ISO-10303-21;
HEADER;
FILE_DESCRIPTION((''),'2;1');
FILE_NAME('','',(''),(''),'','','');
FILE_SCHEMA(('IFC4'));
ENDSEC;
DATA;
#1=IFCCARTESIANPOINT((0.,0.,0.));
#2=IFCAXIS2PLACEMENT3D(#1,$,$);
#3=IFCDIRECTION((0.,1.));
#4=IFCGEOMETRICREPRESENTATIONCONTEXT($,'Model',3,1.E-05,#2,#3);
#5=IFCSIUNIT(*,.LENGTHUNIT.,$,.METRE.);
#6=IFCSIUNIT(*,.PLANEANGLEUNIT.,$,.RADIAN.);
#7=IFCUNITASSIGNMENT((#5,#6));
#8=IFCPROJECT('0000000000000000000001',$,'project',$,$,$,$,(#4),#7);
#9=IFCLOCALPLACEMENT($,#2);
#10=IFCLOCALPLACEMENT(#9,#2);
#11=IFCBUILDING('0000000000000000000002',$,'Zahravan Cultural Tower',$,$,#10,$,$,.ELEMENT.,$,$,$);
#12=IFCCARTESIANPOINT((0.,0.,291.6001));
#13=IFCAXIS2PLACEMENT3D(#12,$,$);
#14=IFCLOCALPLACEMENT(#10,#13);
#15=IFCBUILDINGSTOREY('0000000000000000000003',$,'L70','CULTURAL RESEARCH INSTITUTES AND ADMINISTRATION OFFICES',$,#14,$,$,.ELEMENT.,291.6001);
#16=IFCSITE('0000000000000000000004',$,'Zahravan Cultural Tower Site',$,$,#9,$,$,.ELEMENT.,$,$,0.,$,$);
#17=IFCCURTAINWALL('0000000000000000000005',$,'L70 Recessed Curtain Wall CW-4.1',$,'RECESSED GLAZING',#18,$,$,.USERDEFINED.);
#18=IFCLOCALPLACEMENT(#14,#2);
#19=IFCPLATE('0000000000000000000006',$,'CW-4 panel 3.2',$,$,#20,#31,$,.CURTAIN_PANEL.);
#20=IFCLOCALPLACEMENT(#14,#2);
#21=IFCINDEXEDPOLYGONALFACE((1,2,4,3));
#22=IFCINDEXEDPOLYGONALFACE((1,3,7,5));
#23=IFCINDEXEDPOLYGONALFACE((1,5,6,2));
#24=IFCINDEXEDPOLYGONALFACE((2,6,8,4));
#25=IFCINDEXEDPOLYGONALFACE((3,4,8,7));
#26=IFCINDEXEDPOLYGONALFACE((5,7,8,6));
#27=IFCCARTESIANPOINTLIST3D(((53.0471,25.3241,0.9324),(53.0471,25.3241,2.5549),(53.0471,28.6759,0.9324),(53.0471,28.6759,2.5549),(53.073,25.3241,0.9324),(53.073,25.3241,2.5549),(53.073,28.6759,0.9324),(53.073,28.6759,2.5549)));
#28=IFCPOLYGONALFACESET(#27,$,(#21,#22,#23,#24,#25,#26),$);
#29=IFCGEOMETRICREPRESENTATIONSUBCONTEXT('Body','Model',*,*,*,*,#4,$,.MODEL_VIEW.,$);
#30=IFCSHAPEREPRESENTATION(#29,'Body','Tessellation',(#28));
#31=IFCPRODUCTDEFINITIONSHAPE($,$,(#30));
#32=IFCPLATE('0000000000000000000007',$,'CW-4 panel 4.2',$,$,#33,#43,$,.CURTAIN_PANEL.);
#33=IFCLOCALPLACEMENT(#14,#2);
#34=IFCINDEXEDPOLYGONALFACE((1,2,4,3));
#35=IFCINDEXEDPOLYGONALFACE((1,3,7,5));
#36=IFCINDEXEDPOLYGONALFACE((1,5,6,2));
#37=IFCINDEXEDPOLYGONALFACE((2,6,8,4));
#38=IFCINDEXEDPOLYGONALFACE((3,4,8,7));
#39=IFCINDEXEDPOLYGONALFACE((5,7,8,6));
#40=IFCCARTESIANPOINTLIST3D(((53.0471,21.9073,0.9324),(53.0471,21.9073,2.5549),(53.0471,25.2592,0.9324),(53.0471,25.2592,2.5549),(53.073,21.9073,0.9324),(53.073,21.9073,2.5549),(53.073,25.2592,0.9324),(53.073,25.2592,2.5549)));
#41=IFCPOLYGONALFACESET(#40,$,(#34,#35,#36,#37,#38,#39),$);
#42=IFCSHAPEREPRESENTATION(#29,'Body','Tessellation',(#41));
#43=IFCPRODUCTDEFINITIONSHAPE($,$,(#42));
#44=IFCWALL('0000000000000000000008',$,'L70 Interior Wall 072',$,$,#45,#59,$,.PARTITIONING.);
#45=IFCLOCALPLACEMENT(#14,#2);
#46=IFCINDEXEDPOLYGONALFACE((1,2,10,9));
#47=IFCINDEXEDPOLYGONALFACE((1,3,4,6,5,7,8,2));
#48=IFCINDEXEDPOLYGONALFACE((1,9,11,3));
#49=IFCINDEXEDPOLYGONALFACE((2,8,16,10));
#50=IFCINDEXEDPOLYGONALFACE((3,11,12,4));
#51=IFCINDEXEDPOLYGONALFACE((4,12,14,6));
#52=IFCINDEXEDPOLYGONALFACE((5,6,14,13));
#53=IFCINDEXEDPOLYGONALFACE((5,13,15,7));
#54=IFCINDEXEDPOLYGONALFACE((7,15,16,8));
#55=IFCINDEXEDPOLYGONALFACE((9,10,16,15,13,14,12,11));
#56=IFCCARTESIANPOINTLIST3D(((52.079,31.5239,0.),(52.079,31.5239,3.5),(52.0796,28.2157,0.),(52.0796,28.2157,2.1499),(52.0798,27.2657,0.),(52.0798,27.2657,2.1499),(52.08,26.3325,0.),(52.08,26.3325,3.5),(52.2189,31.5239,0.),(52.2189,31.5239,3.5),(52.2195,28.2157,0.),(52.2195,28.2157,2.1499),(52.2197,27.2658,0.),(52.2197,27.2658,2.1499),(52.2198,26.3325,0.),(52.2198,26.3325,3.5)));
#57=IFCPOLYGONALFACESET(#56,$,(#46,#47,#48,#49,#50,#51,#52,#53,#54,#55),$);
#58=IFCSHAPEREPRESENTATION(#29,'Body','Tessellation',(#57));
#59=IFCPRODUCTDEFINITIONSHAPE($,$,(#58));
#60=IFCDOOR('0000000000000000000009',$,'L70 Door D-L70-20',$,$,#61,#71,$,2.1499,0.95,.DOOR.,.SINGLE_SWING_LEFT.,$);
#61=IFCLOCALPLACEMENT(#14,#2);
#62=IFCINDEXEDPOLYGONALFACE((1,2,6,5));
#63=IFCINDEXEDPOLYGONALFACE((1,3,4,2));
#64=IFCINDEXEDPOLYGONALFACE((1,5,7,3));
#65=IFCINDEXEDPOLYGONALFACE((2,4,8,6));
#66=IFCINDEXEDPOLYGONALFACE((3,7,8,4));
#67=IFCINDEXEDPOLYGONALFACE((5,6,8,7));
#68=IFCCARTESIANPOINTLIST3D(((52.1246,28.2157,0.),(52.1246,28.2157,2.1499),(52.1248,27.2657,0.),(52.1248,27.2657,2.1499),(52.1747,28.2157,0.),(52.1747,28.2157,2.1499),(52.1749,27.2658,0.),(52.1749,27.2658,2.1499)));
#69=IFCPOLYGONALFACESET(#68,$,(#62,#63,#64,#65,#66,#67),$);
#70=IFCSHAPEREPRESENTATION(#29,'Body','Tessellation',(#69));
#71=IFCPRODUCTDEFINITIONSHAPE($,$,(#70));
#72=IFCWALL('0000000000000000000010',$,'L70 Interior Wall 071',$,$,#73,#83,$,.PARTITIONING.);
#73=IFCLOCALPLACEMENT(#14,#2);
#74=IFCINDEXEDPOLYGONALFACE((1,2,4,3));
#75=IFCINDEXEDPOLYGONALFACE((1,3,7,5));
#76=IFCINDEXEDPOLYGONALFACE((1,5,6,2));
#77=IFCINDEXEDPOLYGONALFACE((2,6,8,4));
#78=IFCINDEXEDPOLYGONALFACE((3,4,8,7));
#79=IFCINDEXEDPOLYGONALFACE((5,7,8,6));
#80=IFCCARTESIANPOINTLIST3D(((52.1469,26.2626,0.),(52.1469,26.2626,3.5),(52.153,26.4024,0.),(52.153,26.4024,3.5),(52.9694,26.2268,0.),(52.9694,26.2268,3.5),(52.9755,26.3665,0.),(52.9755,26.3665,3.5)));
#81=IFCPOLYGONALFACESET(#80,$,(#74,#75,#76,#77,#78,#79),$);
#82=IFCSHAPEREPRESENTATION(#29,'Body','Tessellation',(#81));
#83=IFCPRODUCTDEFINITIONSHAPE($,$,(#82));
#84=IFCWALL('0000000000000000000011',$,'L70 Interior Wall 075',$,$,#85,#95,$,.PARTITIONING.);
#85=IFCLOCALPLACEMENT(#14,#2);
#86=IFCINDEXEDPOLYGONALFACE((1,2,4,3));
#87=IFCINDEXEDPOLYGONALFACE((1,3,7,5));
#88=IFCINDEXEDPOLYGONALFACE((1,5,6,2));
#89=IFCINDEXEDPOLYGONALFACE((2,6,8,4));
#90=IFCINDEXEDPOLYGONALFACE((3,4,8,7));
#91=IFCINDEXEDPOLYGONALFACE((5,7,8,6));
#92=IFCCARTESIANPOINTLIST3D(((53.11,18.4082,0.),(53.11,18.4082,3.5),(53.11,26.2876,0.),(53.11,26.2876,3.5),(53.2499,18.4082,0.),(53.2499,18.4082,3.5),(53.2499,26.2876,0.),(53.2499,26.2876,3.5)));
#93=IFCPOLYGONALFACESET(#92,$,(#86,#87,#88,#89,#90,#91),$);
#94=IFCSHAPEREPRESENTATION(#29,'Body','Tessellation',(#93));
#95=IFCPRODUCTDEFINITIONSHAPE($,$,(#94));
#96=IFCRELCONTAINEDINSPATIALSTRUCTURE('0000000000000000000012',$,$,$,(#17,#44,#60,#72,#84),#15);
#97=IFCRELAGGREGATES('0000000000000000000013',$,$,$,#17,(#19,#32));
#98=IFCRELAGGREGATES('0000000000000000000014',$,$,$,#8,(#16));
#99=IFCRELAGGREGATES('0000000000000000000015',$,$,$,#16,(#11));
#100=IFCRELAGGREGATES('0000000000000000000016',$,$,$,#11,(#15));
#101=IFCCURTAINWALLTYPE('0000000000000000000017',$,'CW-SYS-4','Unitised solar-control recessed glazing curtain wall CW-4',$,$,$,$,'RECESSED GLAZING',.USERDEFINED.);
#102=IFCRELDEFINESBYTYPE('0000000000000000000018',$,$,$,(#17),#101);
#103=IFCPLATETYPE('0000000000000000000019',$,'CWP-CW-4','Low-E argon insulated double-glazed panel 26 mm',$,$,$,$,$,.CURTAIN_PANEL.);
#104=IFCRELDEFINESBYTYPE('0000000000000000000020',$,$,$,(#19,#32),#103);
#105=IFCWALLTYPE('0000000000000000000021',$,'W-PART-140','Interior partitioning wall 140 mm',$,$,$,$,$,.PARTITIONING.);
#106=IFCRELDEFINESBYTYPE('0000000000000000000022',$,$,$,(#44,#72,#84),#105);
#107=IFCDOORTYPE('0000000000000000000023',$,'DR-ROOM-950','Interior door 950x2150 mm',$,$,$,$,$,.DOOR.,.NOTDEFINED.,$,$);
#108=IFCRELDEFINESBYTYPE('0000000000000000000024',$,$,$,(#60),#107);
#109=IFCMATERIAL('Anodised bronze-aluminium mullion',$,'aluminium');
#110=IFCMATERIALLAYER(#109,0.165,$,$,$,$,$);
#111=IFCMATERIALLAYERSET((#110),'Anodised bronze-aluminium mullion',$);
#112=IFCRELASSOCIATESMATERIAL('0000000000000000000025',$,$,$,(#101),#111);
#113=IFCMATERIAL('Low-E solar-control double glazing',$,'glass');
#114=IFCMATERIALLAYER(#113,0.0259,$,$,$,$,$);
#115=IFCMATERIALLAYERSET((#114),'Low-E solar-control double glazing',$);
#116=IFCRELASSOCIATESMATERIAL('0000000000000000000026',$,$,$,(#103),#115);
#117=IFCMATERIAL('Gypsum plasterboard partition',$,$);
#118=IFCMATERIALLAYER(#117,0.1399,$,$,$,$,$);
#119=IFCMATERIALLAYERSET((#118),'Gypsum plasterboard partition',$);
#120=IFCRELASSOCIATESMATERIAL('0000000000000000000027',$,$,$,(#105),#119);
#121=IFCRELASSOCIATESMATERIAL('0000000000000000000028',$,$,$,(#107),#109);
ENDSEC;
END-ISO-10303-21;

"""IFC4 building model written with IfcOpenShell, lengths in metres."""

from ifc_helpers import new_model, si_unit, direction, frame, frame_2d, origin, origin_2d, place, context, subcontext, project, spatial, rectangle, extrude, source, transform, mapped, material, layer, layer_set, type_object, element, fill, aggregate, save


model = new_model("IFC4")

# Units and contexts
model_context = context("Model", 3, precision=1e-05, world=origin(), true_north=direction((0.0, 1.0)))
body_context = subcontext(model_context, "Body", "Model", "MODEL_VIEW")
ifc_project = project(units=[si_unit("LENGTHUNIT", "METRE"), si_unit("PLANEANGLEUNIT", "RADIAN")], contexts=[model_context])

# Site, building, storey
site_placement = place(None, origin())
site = spatial("IfcSite", under=ifc_project, at=site_placement, Name="Zahravan Cultural Tower Site", CompositionType="ELEMENT", RefElevation=0.0)
building_placement = place(site_placement, origin())
building = spatial("IfcBuilding", under=site, at=building_placement, Name="Zahravan Cultural Tower", CompositionType="ELEMENT")
storey_placement = place(building_placement, frame((0.0, 0.0, 291.6001)))
storey = spatial("IfcBuildingStorey", under=building, at=storey_placement, Name="L70", Description="CULTURAL RESEARCH INSTITUTES AND ADMINISTRATION OFFICES", CompositionType="ELEMENT", Elevation=291.6001)

# Curtain wall, plates
ifc_material_1 = material(Name="Anodised bronze-aluminium mullion", Category="aluminium")
ifc_layer_1 = layer(ifc_material_1, 0.165)
ifc_layer_set_1 = layer_set([ifc_layer_1], Name="Anodised bronze-aluminium mullion")
curtain_wall_type = type_object("IfcCurtainWallType", Name="CW-SYS-4", Description="Unitised solar-control recessed glazing curtain wall CW-4", ElementType="RECESSED GLAZING", PredefinedType="USERDEFINED", material=ifc_layer_set_1)
curtain_wall_placement = place(storey_placement, origin())
curtain_wall = element("IfcCurtainWall", 1, at=curtain_wall_placement, inside=storey, type_object=curtain_wall_type, Name="L70 Recessed Curtain Wall CW-4.1", ObjectType="RECESSED GLAZING", PredefinedType="USERDEFINED")
ifc_material_2 = material(Name="Low-E solar-control double glazing", Category="glass")
ifc_layer_2 = layer(ifc_material_2, 0.0259)
ifc_layer_set_2 = layer_set([ifc_layer_2], Name="Low-E solar-control double glazing")
plate_type = type_object("IfcPlateType", Name="CWP-CW-4", Description="Low-E argon insulated double-glazed panel 26 mm", PredefinedType="CURTAIN_PANEL", material=ifc_layer_set_2)
shared_shape_1 = source(origin(), body_context, "Body", "SweptSolid", [
    extrude(rectangle(XDim=3.3518, YDim=0.0259, at=origin_2d()), origin(), (0.0, 0.0, 1.0), 1.6226),
])
plate_1_placement = place(storey_placement, frame((53.0601, 27.0, 0.9324), z_axis=(0.0, 0.0, 1.0), x_axis=(0.0, -1.0, 0.0)))
plate_1 = element("IfcPlate", 2, at=plate_1_placement, type_object=plate_type, Name="CW-4 panel 3.2", PredefinedType="CURTAIN_PANEL", context=body_context, shape_type="MappedRepresentation", body=[
    mapped(shared_shape_1, transform((0.0, 0.0, 0.0), x_axis=(1.0, 0.0, 0.0), y_axis=(0.0, 1.0, 0.0), z_axis=(0.0, 0.0, 1.0), scale=1.0)),
])
plate_2_placement = place(storey_placement, frame((53.0601, 23.5833, 0.9324), z_axis=(0.0, 0.0, 1.0), x_axis=(0.0, -1.0, 0.0)))
plate_2 = element("IfcPlate", 3, at=plate_2_placement, type_object=plate_type, Name="CW-4 panel 4.2", PredefinedType="CURTAIN_PANEL", context=body_context, shape_type="MappedRepresentation", body=[
    mapped(shared_shape_1, transform((0.0, 0.0, 0.0), x_axis=(1.0, 0.0, 0.0), y_axis=(0.0, 1.0, 0.0), z_axis=(0.0, 0.0, 1.0), scale=1.0)),
])
aggregate(curtain_wall, [plate_1, plate_2])

# Wall, opening, door
ifc_material_3 = material(Name="Gypsum plasterboard partition")
ifc_layer_3 = layer(ifc_material_3, 0.1399)
ifc_layer_set_3 = layer_set([ifc_layer_3], Name="Gypsum plasterboard partition")
wall_type = type_object("IfcWallType", Name="W-PART-140", Description="Interior partitioning wall 140 mm", PredefinedType="PARTITIONING", material=ifc_layer_set_3)
wall_1_placement = place(storey_placement, frame((52.1499, 26.3325, 0.0), z_axis=(0.0, 0.0, 1.0), x_axis=(-0.000188, 1.0, 0.0)))
wall_1 = element("IfcWall", 4, at=wall_1_placement, inside=storey, type_object=wall_type, Name="L70 Interior Wall 072", PredefinedType="PARTITIONING", context=body_context, shape_type="SweptSolid", body=[
    extrude(rectangle(XDim=5.1914, YDim=0.1399, at=frame_2d((2.5957, 0.0))), origin(), (0.0, 0.0, 1.0), 3.5),
])
opening_placement = place(wall_1_placement, frame((0.9331, 0.0, 0.0)))
opening = element("IfcOpeningElement", 5, at=opening_placement, cuts=wall_1, PredefinedType="OPENING", context=body_context, shape_type="SweptSolid", body=[
    extrude(rectangle(XDim=0.95, YDim=2.1499, at=frame_2d((0.4751, 1.075))), frame((0.0, 0.0798, 0.0), z_axis=(0.0, -1.0, 0.0), x_axis=(1.0, 0.0, 0.0)), (0.0, 0.0, 1.0), 0.1599),
])
door_type = type_object("IfcDoorType", Name="DR-ROOM-950", Description="Interior door 950x2150 mm", OperationType="NOTDEFINED", PredefinedType="DOOR", material=ifc_material_1)
shared_shape_2 = source(origin(), body_context, "Body", "SweptSolid", [
    extrude(rectangle(XDim=0.95, YDim=2.1499, at=frame_2d((0.4751, 1.075))), frame((0.0, 0.0249, 0.0), z_axis=(0.0, -1.0, 0.0), x_axis=(1.0, 0.0, 0.0)), (0.0, 0.0, 1.0), 0.05),
])
door_placement = place(opening_placement, origin())
door = element("IfcDoor", 6, at=door_placement, inside=storey, type_object=door_type, Name="L70 Door D-L70-20", OperationType="SINGLE_SWING_LEFT", OverallHeight=2.1499, OverallWidth=0.95, PredefinedType="DOOR", context=body_context, shape_type="MappedRepresentation", body=[
    mapped(shared_shape_2, transform((0.0, 0.0, 0.0), x_axis=(1.0, 0.0, 0.0), y_axis=(0.0, 1.0, 0.0), z_axis=(0.0, 0.0, 1.0), scale=1.0)),
])
fill(opening, door)

# Walls
shared_shape_3 = source(origin(), body_context, "Body", "SweptSolid", [
    extrude(rectangle(XDim=0.8232, YDim=0.1399, at=frame_2d((0.4116, 0.0))), origin(), (0.0, 0.0, 1.0), 3.5),
])
wall_2_placement = place(storey_placement, frame((52.9724, 26.2966, 0.0), z_axis=(0.0, 0.0, 1.0), x_axis=(-0.999049, 0.043592, 0.0)))
element("IfcWall", 7, at=wall_2_placement, inside=storey, type_object=wall_type, Name="L70 Interior Wall 071", PredefinedType="PARTITIONING", context=body_context, shape_type="MappedRepresentation", body=[
    mapped(shared_shape_3, transform((0.0, 0.0, 0.0), x_axis=(1.0, 0.0, 0.0), y_axis=(0.0, 1.0, 0.0), z_axis=(0.0, 0.0, 1.0), scale=1.0)),
])
shared_shape_4 = source(origin(), body_context, "Body", "SweptSolid", [
    extrude(rectangle(XDim=7.8794, YDim=0.1399, at=frame_2d((3.9397, 0.0))), origin(), (0.0, 0.0, 1.0), 3.5),
])
wall_3_placement = place(storey_placement, frame((53.1799, 26.2876, 0.0), z_axis=(0.0, 0.0, 1.0), x_axis=(0.0, -1.0, 0.0)))
element("IfcWall", 8, at=wall_3_placement, inside=storey, type_object=wall_type, Name="L70 Interior Wall 075", PredefinedType="PARTITIONING", context=body_context, shape_type="MappedRepresentation", body=[
    mapped(shared_shape_4, transform((0.0, 0.0, 0.0), x_axis=(1.0, 0.0, 0.0), y_axis=(0.0, 1.0, 0.0), z_axis=(0.0, 0.0, 1.0), scale=1.0)),
])

save(model, "model.ifc")
